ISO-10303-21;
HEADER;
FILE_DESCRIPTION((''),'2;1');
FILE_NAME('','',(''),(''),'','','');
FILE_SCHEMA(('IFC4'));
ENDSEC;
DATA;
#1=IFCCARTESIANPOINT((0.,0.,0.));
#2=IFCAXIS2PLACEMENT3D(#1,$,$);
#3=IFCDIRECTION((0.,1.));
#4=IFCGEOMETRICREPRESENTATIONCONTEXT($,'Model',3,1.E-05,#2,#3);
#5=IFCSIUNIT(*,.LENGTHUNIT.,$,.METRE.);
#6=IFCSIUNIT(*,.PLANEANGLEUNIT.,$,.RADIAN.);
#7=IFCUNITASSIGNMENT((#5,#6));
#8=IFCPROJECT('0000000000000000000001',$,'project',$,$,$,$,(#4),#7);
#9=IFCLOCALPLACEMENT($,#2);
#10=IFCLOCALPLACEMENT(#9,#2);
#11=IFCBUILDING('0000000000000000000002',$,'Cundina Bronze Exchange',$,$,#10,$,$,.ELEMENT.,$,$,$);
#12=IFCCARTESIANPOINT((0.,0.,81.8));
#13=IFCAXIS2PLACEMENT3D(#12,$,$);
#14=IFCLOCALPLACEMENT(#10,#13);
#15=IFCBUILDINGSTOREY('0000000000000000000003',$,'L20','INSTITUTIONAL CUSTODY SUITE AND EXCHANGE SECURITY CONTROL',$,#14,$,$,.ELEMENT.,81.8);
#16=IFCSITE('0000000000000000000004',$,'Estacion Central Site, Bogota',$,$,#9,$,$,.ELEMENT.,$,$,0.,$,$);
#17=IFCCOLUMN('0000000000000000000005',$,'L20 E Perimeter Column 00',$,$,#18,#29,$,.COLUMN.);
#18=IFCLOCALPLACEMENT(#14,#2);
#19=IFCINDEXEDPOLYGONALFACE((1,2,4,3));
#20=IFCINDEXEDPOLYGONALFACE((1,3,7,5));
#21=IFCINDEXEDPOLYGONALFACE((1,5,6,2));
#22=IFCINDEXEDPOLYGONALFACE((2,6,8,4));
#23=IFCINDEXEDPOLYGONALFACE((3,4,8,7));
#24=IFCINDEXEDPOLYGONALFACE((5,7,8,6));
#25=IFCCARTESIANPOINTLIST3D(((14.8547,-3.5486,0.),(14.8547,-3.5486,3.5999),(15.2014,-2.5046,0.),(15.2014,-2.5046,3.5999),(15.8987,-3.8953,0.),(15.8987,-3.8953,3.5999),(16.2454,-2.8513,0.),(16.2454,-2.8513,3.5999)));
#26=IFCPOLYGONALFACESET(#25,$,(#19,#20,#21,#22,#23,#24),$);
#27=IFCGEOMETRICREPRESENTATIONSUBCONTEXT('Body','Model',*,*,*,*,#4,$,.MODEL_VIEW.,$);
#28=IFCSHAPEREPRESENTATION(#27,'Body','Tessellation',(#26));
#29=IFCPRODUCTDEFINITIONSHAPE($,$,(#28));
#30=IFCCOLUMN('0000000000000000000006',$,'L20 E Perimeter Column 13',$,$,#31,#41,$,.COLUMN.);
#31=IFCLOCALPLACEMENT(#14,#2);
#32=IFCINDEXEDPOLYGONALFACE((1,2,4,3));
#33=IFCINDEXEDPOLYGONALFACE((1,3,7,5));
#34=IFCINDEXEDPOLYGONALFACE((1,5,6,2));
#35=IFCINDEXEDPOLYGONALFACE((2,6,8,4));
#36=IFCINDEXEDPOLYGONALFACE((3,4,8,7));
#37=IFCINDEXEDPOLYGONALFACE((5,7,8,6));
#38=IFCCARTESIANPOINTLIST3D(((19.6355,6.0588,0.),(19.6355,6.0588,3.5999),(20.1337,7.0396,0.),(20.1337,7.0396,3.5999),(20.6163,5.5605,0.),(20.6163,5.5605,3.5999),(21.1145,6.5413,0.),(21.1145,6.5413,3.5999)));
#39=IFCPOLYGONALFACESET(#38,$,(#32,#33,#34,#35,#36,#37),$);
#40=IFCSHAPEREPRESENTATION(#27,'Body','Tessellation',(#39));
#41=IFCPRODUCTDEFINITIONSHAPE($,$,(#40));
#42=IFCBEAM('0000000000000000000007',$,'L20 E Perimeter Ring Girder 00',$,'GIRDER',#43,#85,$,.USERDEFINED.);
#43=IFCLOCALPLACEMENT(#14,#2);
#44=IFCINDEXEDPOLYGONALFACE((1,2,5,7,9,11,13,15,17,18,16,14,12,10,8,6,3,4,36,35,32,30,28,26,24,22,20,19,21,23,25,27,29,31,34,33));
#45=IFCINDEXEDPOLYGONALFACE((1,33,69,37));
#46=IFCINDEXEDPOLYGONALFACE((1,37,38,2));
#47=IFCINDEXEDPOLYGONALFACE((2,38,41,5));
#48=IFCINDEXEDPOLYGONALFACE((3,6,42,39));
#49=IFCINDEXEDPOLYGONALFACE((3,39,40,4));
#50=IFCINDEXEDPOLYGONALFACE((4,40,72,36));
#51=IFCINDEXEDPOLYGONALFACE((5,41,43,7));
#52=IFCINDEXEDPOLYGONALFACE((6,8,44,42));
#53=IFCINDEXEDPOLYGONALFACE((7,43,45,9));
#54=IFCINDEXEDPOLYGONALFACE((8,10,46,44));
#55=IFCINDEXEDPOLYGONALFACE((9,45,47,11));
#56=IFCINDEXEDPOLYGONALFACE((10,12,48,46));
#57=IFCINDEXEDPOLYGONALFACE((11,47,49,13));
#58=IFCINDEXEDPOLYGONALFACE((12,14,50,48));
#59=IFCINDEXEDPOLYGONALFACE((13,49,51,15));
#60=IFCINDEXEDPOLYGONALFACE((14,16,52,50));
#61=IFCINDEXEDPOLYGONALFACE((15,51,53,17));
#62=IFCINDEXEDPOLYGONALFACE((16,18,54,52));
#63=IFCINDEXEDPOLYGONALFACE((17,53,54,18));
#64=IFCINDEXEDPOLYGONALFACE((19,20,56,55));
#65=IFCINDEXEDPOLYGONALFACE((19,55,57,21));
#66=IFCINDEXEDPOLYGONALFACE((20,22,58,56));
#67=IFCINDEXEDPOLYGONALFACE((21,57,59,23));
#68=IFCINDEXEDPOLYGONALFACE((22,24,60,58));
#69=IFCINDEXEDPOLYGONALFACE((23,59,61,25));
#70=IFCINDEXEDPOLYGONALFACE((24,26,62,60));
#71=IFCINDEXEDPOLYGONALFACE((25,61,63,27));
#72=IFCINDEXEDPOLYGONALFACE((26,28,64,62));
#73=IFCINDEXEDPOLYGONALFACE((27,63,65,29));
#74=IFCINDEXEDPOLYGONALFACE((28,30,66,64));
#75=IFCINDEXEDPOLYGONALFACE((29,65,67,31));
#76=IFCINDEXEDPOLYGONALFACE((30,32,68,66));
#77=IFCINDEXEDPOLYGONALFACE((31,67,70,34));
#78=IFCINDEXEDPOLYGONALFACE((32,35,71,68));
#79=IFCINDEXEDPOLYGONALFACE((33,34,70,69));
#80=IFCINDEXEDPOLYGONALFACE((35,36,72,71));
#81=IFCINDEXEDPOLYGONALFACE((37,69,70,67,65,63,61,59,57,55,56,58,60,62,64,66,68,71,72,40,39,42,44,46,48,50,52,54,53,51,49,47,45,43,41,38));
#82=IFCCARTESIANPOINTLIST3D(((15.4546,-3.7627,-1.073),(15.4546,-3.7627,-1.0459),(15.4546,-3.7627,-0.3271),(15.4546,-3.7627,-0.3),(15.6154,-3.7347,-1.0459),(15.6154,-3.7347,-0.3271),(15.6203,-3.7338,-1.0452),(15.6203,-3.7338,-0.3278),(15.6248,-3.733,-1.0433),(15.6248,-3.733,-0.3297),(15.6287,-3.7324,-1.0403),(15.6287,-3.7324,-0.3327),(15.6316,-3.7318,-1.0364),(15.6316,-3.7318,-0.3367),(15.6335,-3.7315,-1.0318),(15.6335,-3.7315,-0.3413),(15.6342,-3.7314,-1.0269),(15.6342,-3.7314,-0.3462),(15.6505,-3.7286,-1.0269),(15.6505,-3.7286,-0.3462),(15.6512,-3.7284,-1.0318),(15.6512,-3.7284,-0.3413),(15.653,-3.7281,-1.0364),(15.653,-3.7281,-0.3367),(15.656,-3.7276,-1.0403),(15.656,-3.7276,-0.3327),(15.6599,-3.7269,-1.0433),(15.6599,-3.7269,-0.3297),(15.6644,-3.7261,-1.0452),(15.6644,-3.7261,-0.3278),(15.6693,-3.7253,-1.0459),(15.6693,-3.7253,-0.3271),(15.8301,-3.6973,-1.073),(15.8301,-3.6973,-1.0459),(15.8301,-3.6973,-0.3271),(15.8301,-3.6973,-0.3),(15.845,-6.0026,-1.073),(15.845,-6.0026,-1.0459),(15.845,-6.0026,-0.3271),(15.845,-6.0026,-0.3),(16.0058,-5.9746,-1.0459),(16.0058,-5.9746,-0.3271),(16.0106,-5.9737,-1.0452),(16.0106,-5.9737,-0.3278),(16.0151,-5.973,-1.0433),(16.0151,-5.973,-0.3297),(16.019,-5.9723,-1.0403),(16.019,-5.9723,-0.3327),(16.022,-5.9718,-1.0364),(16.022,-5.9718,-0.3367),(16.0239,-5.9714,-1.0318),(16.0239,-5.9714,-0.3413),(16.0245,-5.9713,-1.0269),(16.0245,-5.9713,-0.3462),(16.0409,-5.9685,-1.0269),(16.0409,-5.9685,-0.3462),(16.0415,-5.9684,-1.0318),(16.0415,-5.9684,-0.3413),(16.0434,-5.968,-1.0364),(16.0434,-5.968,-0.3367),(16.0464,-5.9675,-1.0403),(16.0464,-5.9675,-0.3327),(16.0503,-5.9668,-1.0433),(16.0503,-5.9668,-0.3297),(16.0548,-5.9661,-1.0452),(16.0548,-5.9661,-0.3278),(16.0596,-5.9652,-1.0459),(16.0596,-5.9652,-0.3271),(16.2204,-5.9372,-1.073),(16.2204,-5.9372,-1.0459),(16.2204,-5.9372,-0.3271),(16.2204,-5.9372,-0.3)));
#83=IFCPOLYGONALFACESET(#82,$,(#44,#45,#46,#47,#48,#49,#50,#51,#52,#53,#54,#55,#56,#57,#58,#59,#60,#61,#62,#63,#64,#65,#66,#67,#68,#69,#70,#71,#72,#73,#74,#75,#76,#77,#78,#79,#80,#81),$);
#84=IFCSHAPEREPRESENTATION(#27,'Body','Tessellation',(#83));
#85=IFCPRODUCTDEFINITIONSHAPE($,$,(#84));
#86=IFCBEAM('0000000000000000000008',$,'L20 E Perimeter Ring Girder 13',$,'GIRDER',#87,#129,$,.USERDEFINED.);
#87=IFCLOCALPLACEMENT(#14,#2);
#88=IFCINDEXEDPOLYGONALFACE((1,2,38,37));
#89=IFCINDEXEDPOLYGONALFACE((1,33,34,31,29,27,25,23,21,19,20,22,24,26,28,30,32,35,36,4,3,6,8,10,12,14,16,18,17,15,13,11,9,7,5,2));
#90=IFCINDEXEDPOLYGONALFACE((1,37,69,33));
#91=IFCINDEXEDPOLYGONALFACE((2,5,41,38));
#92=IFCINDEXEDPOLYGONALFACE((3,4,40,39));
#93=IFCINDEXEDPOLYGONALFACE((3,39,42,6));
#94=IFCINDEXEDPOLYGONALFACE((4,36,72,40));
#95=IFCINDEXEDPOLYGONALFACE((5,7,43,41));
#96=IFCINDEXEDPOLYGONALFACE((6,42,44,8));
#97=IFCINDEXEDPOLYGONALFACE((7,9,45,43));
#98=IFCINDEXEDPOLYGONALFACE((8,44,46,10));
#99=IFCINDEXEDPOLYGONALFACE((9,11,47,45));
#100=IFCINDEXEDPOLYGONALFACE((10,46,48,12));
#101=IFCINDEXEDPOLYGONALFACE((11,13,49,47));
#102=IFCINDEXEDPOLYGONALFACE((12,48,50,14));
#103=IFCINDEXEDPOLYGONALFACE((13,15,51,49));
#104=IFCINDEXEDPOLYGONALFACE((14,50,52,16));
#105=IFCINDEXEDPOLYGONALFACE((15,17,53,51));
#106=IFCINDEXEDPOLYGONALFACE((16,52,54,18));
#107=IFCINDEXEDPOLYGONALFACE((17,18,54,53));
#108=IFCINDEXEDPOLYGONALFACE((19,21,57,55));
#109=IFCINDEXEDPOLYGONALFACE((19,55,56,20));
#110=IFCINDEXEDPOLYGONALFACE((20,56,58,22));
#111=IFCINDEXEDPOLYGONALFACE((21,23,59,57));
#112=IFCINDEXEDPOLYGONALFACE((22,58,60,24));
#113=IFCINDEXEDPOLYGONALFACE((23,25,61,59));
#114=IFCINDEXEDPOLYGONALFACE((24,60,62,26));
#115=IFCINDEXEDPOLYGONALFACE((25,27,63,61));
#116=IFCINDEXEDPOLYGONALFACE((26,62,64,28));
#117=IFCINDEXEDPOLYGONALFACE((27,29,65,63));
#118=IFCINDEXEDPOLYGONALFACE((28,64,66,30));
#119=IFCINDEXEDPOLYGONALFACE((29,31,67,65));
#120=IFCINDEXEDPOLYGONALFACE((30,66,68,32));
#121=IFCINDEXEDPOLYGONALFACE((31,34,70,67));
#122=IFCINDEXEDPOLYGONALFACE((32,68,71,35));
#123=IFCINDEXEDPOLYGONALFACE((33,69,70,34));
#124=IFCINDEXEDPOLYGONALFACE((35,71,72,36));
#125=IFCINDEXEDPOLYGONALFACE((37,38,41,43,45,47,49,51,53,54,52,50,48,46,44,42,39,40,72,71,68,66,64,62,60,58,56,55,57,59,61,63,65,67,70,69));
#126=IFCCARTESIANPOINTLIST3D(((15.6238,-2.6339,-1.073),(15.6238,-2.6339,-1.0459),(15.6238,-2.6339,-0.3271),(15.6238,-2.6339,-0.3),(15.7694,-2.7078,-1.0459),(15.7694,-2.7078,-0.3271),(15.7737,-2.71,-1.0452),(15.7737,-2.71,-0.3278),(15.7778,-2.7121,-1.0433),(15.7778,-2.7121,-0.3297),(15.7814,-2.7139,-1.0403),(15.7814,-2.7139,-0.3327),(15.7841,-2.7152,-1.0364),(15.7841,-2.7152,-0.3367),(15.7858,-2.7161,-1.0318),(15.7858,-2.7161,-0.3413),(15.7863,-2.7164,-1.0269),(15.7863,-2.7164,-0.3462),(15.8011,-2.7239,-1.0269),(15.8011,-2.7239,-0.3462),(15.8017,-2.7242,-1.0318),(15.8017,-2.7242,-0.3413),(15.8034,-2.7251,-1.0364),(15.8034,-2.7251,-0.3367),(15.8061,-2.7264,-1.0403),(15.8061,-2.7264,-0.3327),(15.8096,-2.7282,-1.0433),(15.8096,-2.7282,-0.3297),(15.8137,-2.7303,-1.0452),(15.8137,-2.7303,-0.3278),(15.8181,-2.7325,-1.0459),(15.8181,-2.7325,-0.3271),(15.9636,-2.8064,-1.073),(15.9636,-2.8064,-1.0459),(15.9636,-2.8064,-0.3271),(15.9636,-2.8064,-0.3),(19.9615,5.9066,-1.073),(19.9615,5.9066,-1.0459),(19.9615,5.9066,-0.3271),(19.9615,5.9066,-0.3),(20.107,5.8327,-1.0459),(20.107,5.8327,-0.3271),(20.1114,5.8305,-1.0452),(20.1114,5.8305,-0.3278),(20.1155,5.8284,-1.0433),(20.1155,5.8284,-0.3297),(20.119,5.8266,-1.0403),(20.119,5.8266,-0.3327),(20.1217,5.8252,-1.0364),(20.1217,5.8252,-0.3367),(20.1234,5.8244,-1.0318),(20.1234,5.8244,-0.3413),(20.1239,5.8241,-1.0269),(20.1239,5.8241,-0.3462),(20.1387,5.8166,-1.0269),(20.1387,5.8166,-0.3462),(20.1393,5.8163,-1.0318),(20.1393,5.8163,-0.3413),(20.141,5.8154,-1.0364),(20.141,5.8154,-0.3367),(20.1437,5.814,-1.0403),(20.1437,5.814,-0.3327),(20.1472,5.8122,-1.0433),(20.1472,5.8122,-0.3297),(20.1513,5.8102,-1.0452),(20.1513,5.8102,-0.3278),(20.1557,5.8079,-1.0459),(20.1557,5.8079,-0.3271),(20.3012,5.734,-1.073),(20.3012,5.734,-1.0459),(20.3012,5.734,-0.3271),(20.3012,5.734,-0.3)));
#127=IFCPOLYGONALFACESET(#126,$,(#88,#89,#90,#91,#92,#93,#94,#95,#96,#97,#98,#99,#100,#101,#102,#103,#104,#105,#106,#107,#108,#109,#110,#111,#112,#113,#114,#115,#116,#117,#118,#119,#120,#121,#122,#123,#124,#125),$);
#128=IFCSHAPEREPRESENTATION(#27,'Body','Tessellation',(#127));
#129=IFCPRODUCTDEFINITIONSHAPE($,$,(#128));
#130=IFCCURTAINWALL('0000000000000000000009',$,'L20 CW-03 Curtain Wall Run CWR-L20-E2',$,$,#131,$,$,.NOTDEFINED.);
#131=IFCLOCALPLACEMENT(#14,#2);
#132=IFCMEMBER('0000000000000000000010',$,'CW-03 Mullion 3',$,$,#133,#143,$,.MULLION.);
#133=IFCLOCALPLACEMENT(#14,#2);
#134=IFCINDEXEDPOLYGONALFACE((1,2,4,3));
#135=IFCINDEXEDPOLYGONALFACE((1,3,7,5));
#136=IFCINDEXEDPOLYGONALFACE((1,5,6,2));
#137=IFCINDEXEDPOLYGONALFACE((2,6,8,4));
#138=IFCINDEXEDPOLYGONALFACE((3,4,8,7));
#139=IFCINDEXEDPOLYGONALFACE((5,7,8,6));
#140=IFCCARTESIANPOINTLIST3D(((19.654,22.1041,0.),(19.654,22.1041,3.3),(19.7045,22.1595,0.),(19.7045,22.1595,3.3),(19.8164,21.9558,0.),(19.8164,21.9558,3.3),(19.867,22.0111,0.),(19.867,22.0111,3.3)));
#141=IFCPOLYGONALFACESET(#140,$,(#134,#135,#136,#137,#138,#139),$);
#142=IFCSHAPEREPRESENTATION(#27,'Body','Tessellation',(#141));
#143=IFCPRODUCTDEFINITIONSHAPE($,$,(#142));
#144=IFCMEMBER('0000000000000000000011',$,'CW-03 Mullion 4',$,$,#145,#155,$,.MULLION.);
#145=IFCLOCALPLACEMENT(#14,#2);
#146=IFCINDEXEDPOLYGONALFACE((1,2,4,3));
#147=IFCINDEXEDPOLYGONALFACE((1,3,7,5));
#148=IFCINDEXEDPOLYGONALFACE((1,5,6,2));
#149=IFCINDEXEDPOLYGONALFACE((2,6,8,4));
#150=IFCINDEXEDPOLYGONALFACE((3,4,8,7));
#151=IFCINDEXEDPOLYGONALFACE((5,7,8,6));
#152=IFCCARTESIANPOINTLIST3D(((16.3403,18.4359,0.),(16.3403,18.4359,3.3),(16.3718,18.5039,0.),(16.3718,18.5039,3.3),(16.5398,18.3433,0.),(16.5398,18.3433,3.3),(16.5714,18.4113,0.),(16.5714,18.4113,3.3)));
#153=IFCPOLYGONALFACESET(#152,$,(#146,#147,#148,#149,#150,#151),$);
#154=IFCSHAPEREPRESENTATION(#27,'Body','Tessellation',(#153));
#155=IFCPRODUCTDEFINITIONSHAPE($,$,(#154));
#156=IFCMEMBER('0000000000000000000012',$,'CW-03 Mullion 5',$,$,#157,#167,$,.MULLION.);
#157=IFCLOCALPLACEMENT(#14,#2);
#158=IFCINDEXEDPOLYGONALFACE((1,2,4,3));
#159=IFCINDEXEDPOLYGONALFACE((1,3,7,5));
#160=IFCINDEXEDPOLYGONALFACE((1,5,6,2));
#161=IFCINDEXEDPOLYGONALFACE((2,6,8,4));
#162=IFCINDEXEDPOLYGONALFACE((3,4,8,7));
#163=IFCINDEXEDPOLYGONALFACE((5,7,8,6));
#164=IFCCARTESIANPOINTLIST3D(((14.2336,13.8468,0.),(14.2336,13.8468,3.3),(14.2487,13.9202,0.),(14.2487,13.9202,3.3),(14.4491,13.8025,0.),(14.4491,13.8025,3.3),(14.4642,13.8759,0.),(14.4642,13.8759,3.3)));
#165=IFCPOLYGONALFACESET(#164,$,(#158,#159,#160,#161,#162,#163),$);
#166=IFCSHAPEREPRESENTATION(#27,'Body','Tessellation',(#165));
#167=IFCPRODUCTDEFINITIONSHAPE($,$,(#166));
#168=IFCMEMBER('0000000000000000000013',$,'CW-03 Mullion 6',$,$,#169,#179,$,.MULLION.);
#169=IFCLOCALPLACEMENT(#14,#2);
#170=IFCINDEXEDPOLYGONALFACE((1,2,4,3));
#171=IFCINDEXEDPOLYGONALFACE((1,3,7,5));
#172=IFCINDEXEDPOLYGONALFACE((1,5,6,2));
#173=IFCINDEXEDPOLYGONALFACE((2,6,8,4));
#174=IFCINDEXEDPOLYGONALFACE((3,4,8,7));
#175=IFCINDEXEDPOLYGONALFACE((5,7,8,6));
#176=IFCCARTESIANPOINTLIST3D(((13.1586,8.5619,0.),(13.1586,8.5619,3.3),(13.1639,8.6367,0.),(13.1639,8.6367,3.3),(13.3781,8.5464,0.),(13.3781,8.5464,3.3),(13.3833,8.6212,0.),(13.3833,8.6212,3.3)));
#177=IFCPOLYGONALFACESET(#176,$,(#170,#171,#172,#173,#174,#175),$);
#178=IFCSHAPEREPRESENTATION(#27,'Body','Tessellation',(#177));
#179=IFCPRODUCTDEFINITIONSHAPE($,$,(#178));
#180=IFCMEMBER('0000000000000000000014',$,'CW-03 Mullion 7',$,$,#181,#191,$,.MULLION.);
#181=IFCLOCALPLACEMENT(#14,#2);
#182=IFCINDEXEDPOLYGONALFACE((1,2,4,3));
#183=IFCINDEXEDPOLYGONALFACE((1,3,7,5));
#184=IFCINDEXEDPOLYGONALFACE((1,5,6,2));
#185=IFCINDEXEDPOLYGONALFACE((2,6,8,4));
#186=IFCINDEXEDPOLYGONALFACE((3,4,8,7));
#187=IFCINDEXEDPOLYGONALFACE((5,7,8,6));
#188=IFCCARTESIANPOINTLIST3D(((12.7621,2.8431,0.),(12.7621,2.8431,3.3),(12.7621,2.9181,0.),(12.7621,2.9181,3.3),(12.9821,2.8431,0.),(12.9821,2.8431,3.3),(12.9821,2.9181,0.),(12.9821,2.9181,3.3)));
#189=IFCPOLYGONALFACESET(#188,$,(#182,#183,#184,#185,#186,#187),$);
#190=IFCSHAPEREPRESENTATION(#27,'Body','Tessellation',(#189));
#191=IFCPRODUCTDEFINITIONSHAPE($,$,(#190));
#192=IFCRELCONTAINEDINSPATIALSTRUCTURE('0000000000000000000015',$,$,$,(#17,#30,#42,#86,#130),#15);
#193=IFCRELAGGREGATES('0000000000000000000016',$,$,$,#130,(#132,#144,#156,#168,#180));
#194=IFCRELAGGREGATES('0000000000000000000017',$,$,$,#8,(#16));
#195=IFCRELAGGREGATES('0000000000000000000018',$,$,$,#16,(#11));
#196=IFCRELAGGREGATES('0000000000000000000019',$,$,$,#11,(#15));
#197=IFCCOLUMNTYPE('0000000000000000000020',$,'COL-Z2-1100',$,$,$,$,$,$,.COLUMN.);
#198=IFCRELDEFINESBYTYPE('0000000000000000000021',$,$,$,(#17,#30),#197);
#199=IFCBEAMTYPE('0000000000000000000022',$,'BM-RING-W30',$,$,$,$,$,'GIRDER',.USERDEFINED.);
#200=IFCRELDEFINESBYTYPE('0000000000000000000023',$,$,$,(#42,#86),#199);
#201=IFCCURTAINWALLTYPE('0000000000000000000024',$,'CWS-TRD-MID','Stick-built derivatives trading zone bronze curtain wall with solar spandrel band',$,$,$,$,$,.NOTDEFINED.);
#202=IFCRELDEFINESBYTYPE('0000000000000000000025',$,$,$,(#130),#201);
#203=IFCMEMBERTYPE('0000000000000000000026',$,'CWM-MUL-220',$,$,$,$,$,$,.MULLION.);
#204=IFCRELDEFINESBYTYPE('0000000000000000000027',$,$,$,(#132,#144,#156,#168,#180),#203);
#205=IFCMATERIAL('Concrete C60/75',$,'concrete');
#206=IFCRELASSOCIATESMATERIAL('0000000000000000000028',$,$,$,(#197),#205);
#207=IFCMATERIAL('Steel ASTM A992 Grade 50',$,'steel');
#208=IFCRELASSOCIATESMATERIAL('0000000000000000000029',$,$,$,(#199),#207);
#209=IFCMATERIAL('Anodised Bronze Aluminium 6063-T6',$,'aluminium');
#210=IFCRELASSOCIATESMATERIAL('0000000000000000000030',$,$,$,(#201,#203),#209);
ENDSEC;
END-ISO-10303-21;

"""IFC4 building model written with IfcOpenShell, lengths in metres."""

from ifc_helpers import new_model, si_unit, direction, frame, origin, origin_2d, place, context, subcontext, project, spatial, rectangle, i_section, extrude, material, material_profile, profile_set, type_object, element, aggregate, save


model = new_model("IFC4")

# Units and contexts
model_context = context("Model", 3, precision=1e-05, world=origin(), true_north=direction((0.0, 1.0)))
body_context = subcontext(model_context, "Body", "Model", "MODEL_VIEW")
ifc_project = project(units=[si_unit("LENGTHUNIT", "METRE"), si_unit("PLANEANGLEUNIT", "RADIAN")], contexts=[model_context])

# Site, building, storey
site_placement = place(None, origin())
site = spatial("IfcSite", under=ifc_project, at=site_placement, Name="Estacion Central Site, Bogota", CompositionType="ELEMENT", RefElevation=0.0)
building_placement = place(site_placement, origin())
building = spatial("IfcBuilding", under=site, at=building_placement, Name="Cundina Bronze Exchange", CompositionType="ELEMENT")
storey_placement = place(building_placement, frame((0.0, 0.0, 81.8)))
storey = spatial("IfcBuildingStorey", under=building, at=storey_placement, Name="L20", Description="INSTITUTIONAL CUSTODY SUITE AND EXCHANGE SECURITY CONTROL", CompositionType="ELEMENT", Elevation=81.8)

# Columns
ifc_material_1 = material(Name="Concrete C60/75", Category="concrete")
ifc_material_profile_1 = material_profile(ifc_material_1, rectangle(XDim=1.1001, YDim=1.1001, at=origin_2d()), Name="RC1100X1100", Category="concrete")
ifc_profile_set_1 = profile_set([ifc_material_profile_1], Name="Concrete C60/75")
column_type = type_object("IfcColumnType", Name="COL-Z2-1100", PredefinedType="COLUMN", material=ifc_profile_set_1)
for number, where, z_axis, x_axis, name in (
    (1, (15.55, -3.2, 0.0), (0.0, 0.0, 1.0), (-0.315152, -0.949041, 0.0), "L20 E Perimeter Column 00"),
    (2, (20.375, 6.3, 0.0), (0.0, 0.0, 1.0), (-0.452902, -0.891561, 0.0), "L20 E Perimeter Column 13"),
):
    element("IfcColumn", number, at=place(storey_placement, frame(where, z_axis=z_axis, x_axis=x_axis)), inside=storey, type_object=column_type, Name=name, PredefinedType="COLUMN", context=body_context, shape_type="SweptSolid", body=[
        extrude(rectangle(XDim=1.1001, YDim=1.1001, at=origin_2d()), origin(), (0.0, 0.0, 1.0), 3.5999),
    ])

# Beams
ifc_material_2 = material(Name="Steel ASTM A992 Grade 50", Category="steel")
ifc_material_profile_2 = material_profile(ifc_material_2, i_section(OverallWidth=0.3811, OverallDepth=0.7729, WebThickness=0.0166, FlangeThickness=0.0271, FilletRadius=0.019, at=origin_2d()), Name="W30X173", Category="steel")
ifc_profile_set_2 = profile_set([ifc_material_profile_2], Name="Steel ASTM A992 Grade 50")
beam_type = type_object("IfcBeamType", Name="BM-RING-W30", ElementType="GIRDER", PredefinedType="USERDEFINED", material=ifc_profile_set_2)
beam_1_placement = place(storey_placement, frame((15.6423, -3.73, -0.6865), z_axis=(0.17169, -0.985151, 0.0), x_axis=(0.985151, 0.17169, 0.0)))
element("IfcBeam", 3, at=beam_1_placement, inside=storey, type_object=beam_type, Name="L20 E Perimeter Ring Girder 00", ObjectType="GIRDER", PredefinedType="USERDEFINED", context=body_context, shape_type="SweptSolid", body=[
    extrude(i_section(OverallWidth=0.3811, OverallDepth=0.7729, WebThickness=0.0166, FlangeThickness=0.0271, FilletRadius=0.019, at=origin_2d()), origin(), (0.0, 0.0, 1.0), 2.2737),
])
beam_2_placement = place(storey_placement, frame((20.1313, 5.8203, -0.6865), z_axis=(-0.452832, -0.891596, 0.0), x_axis=(0.891596, -0.452832, 0.0)))
element("IfcBeam", 4, at=beam_2_placement, inside=storey, type_object=beam_type, Name="L20 E Perimeter Ring Girder 13", ObjectType="GIRDER", PredefinedType="USERDEFINED", context=body_context, shape_type="SweptSolid", body=[
    extrude(i_section(OverallWidth=0.3811, OverallDepth=0.7729, WebThickness=0.0166, FlangeThickness=0.0271, FilletRadius=0.019, at=origin_2d()), origin(), (0.0, 0.0, 1.0), 9.5789),
])

# Curtain wall, members
ifc_material_3 = material(Name="Anodised Bronze Aluminium 6063-T6", Category="aluminium")
curtain_wall_type = type_object("IfcCurtainWallType", Name="CWS-TRD-MID", Description="Stick-built derivatives trading zone bronze curtain wall with solar spandrel band", PredefinedType="NOTDEFINED", material=ifc_material_3)
curtain_wall_1_placement = place(storey_placement, origin())
curtain_wall_1 = element("IfcCurtainWall", 5, at=curtain_wall_1_placement, inside=storey, type_object=curtain_wall_type, Name="L20 CW-03 Curtain Wall Run CWR-L20-E2", PredefinedType="NOTDEFINED")
ifc_material_profile_3 = material_profile(ifc_material_3, rectangle(XDim=0.075, YDim=0.22, at=origin_2d()), Name="AL75X220", Category="aluminium")
ifc_profile_set_3 = profile_set([ifc_material_profile_3], Name="Anodised Bronze Aluminium 6063-T6")
member_type_1 = type_object("IfcMemberType", Name="CWM-MUL-220", PredefinedType="MULLION", material=ifc_profile_set_3)
member_1_placement = place(storey_placement, frame((19.7605, 22.0576, 0.0), z_axis=(0.0, 0.0, 1.0), x_axis=(-0.674302, -0.738455, 0.0)))
member_1 = element("IfcMember", 6, at=member_1_placement, type_object=member_type_1, Name="CW-03 Mullion 3", PredefinedType="MULLION", context=body_context, shape_type="SweptSolid", body=[
    extrude(rectangle(XDim=0.075, YDim=0.22, at=origin_2d()), origin(), (0.0, 0.0, 1.0), 3.3),
])
member_2_placement = place(storey_placement, frame((16.4558, 18.4236, 0.0), z_axis=(0.0, 0.0, 1.0), x_axis=(-0.420877, -0.907117, 0.0)))
member_2 = element("IfcMember", 7, at=member_2_placement, type_object=member_type_1, Name="CW-03 Mullion 4", PredefinedType="MULLION", context=body_context, shape_type="SweptSolid", body=[
    extrude(rectangle(XDim=0.075, YDim=0.22, at=origin_2d()), origin(), (0.0, 0.0, 1.0), 3.3),
])
member_3_placement = place(storey_placement, frame((14.3489, 13.8613, 0.0), z_axis=(0.0, 0.0, 1.0), x_axis=(-0.20142, -0.979505, 0.0)))
member_3 = element("IfcMember", 8, at=member_3_placement, type_object=member_type_1, Name="CW-03 Mullion 5", PredefinedType="MULLION", context=body_context, shape_type="SweptSolid", body=[
    extrude(rectangle(XDim=0.075, YDim=0.22, at=origin_2d()), origin(), (0.0, 0.0, 1.0), 3.3),
])
member_4_placement = place(storey_placement, frame((13.271, 8.5916, 0.0), z_axis=(0.0, 0.0, 1.0), x_axis=(-0.070279, -0.997527, 0.0)))
member_4 = element("IfcMember", 9, at=member_4_placement, type_object=member_type_1, Name="CW-03 Mullion 6", PredefinedType="MULLION", context=body_context, shape_type="SweptSolid", body=[
    extrude(rectangle(XDim=0.075, YDim=0.22, at=origin_2d()), origin(), (0.0, 0.0, 1.0), 3.3),
])
member_5_placement = place(storey_placement, frame((12.8721, 2.8806, 0.0), z_axis=(0.0, 0.0, 1.0), x_axis=(0.0, -1.0, 0.0)))
member_5 = element("IfcMember", 10, at=member_5_placement, type_object=member_type_1, Name="CW-03 Mullion 7", PredefinedType="MULLION", context=body_context, shape_type="SweptSolid", body=[
    extrude(rectangle(XDim=0.075, YDim=0.22, at=origin_2d()), origin(), (0.0, 0.0, 1.0), 3.3),
])

aggregate(curtain_wall_1, [member_1, member_2, member_3, member_4, member_5])

save(model, "model.ifc")
